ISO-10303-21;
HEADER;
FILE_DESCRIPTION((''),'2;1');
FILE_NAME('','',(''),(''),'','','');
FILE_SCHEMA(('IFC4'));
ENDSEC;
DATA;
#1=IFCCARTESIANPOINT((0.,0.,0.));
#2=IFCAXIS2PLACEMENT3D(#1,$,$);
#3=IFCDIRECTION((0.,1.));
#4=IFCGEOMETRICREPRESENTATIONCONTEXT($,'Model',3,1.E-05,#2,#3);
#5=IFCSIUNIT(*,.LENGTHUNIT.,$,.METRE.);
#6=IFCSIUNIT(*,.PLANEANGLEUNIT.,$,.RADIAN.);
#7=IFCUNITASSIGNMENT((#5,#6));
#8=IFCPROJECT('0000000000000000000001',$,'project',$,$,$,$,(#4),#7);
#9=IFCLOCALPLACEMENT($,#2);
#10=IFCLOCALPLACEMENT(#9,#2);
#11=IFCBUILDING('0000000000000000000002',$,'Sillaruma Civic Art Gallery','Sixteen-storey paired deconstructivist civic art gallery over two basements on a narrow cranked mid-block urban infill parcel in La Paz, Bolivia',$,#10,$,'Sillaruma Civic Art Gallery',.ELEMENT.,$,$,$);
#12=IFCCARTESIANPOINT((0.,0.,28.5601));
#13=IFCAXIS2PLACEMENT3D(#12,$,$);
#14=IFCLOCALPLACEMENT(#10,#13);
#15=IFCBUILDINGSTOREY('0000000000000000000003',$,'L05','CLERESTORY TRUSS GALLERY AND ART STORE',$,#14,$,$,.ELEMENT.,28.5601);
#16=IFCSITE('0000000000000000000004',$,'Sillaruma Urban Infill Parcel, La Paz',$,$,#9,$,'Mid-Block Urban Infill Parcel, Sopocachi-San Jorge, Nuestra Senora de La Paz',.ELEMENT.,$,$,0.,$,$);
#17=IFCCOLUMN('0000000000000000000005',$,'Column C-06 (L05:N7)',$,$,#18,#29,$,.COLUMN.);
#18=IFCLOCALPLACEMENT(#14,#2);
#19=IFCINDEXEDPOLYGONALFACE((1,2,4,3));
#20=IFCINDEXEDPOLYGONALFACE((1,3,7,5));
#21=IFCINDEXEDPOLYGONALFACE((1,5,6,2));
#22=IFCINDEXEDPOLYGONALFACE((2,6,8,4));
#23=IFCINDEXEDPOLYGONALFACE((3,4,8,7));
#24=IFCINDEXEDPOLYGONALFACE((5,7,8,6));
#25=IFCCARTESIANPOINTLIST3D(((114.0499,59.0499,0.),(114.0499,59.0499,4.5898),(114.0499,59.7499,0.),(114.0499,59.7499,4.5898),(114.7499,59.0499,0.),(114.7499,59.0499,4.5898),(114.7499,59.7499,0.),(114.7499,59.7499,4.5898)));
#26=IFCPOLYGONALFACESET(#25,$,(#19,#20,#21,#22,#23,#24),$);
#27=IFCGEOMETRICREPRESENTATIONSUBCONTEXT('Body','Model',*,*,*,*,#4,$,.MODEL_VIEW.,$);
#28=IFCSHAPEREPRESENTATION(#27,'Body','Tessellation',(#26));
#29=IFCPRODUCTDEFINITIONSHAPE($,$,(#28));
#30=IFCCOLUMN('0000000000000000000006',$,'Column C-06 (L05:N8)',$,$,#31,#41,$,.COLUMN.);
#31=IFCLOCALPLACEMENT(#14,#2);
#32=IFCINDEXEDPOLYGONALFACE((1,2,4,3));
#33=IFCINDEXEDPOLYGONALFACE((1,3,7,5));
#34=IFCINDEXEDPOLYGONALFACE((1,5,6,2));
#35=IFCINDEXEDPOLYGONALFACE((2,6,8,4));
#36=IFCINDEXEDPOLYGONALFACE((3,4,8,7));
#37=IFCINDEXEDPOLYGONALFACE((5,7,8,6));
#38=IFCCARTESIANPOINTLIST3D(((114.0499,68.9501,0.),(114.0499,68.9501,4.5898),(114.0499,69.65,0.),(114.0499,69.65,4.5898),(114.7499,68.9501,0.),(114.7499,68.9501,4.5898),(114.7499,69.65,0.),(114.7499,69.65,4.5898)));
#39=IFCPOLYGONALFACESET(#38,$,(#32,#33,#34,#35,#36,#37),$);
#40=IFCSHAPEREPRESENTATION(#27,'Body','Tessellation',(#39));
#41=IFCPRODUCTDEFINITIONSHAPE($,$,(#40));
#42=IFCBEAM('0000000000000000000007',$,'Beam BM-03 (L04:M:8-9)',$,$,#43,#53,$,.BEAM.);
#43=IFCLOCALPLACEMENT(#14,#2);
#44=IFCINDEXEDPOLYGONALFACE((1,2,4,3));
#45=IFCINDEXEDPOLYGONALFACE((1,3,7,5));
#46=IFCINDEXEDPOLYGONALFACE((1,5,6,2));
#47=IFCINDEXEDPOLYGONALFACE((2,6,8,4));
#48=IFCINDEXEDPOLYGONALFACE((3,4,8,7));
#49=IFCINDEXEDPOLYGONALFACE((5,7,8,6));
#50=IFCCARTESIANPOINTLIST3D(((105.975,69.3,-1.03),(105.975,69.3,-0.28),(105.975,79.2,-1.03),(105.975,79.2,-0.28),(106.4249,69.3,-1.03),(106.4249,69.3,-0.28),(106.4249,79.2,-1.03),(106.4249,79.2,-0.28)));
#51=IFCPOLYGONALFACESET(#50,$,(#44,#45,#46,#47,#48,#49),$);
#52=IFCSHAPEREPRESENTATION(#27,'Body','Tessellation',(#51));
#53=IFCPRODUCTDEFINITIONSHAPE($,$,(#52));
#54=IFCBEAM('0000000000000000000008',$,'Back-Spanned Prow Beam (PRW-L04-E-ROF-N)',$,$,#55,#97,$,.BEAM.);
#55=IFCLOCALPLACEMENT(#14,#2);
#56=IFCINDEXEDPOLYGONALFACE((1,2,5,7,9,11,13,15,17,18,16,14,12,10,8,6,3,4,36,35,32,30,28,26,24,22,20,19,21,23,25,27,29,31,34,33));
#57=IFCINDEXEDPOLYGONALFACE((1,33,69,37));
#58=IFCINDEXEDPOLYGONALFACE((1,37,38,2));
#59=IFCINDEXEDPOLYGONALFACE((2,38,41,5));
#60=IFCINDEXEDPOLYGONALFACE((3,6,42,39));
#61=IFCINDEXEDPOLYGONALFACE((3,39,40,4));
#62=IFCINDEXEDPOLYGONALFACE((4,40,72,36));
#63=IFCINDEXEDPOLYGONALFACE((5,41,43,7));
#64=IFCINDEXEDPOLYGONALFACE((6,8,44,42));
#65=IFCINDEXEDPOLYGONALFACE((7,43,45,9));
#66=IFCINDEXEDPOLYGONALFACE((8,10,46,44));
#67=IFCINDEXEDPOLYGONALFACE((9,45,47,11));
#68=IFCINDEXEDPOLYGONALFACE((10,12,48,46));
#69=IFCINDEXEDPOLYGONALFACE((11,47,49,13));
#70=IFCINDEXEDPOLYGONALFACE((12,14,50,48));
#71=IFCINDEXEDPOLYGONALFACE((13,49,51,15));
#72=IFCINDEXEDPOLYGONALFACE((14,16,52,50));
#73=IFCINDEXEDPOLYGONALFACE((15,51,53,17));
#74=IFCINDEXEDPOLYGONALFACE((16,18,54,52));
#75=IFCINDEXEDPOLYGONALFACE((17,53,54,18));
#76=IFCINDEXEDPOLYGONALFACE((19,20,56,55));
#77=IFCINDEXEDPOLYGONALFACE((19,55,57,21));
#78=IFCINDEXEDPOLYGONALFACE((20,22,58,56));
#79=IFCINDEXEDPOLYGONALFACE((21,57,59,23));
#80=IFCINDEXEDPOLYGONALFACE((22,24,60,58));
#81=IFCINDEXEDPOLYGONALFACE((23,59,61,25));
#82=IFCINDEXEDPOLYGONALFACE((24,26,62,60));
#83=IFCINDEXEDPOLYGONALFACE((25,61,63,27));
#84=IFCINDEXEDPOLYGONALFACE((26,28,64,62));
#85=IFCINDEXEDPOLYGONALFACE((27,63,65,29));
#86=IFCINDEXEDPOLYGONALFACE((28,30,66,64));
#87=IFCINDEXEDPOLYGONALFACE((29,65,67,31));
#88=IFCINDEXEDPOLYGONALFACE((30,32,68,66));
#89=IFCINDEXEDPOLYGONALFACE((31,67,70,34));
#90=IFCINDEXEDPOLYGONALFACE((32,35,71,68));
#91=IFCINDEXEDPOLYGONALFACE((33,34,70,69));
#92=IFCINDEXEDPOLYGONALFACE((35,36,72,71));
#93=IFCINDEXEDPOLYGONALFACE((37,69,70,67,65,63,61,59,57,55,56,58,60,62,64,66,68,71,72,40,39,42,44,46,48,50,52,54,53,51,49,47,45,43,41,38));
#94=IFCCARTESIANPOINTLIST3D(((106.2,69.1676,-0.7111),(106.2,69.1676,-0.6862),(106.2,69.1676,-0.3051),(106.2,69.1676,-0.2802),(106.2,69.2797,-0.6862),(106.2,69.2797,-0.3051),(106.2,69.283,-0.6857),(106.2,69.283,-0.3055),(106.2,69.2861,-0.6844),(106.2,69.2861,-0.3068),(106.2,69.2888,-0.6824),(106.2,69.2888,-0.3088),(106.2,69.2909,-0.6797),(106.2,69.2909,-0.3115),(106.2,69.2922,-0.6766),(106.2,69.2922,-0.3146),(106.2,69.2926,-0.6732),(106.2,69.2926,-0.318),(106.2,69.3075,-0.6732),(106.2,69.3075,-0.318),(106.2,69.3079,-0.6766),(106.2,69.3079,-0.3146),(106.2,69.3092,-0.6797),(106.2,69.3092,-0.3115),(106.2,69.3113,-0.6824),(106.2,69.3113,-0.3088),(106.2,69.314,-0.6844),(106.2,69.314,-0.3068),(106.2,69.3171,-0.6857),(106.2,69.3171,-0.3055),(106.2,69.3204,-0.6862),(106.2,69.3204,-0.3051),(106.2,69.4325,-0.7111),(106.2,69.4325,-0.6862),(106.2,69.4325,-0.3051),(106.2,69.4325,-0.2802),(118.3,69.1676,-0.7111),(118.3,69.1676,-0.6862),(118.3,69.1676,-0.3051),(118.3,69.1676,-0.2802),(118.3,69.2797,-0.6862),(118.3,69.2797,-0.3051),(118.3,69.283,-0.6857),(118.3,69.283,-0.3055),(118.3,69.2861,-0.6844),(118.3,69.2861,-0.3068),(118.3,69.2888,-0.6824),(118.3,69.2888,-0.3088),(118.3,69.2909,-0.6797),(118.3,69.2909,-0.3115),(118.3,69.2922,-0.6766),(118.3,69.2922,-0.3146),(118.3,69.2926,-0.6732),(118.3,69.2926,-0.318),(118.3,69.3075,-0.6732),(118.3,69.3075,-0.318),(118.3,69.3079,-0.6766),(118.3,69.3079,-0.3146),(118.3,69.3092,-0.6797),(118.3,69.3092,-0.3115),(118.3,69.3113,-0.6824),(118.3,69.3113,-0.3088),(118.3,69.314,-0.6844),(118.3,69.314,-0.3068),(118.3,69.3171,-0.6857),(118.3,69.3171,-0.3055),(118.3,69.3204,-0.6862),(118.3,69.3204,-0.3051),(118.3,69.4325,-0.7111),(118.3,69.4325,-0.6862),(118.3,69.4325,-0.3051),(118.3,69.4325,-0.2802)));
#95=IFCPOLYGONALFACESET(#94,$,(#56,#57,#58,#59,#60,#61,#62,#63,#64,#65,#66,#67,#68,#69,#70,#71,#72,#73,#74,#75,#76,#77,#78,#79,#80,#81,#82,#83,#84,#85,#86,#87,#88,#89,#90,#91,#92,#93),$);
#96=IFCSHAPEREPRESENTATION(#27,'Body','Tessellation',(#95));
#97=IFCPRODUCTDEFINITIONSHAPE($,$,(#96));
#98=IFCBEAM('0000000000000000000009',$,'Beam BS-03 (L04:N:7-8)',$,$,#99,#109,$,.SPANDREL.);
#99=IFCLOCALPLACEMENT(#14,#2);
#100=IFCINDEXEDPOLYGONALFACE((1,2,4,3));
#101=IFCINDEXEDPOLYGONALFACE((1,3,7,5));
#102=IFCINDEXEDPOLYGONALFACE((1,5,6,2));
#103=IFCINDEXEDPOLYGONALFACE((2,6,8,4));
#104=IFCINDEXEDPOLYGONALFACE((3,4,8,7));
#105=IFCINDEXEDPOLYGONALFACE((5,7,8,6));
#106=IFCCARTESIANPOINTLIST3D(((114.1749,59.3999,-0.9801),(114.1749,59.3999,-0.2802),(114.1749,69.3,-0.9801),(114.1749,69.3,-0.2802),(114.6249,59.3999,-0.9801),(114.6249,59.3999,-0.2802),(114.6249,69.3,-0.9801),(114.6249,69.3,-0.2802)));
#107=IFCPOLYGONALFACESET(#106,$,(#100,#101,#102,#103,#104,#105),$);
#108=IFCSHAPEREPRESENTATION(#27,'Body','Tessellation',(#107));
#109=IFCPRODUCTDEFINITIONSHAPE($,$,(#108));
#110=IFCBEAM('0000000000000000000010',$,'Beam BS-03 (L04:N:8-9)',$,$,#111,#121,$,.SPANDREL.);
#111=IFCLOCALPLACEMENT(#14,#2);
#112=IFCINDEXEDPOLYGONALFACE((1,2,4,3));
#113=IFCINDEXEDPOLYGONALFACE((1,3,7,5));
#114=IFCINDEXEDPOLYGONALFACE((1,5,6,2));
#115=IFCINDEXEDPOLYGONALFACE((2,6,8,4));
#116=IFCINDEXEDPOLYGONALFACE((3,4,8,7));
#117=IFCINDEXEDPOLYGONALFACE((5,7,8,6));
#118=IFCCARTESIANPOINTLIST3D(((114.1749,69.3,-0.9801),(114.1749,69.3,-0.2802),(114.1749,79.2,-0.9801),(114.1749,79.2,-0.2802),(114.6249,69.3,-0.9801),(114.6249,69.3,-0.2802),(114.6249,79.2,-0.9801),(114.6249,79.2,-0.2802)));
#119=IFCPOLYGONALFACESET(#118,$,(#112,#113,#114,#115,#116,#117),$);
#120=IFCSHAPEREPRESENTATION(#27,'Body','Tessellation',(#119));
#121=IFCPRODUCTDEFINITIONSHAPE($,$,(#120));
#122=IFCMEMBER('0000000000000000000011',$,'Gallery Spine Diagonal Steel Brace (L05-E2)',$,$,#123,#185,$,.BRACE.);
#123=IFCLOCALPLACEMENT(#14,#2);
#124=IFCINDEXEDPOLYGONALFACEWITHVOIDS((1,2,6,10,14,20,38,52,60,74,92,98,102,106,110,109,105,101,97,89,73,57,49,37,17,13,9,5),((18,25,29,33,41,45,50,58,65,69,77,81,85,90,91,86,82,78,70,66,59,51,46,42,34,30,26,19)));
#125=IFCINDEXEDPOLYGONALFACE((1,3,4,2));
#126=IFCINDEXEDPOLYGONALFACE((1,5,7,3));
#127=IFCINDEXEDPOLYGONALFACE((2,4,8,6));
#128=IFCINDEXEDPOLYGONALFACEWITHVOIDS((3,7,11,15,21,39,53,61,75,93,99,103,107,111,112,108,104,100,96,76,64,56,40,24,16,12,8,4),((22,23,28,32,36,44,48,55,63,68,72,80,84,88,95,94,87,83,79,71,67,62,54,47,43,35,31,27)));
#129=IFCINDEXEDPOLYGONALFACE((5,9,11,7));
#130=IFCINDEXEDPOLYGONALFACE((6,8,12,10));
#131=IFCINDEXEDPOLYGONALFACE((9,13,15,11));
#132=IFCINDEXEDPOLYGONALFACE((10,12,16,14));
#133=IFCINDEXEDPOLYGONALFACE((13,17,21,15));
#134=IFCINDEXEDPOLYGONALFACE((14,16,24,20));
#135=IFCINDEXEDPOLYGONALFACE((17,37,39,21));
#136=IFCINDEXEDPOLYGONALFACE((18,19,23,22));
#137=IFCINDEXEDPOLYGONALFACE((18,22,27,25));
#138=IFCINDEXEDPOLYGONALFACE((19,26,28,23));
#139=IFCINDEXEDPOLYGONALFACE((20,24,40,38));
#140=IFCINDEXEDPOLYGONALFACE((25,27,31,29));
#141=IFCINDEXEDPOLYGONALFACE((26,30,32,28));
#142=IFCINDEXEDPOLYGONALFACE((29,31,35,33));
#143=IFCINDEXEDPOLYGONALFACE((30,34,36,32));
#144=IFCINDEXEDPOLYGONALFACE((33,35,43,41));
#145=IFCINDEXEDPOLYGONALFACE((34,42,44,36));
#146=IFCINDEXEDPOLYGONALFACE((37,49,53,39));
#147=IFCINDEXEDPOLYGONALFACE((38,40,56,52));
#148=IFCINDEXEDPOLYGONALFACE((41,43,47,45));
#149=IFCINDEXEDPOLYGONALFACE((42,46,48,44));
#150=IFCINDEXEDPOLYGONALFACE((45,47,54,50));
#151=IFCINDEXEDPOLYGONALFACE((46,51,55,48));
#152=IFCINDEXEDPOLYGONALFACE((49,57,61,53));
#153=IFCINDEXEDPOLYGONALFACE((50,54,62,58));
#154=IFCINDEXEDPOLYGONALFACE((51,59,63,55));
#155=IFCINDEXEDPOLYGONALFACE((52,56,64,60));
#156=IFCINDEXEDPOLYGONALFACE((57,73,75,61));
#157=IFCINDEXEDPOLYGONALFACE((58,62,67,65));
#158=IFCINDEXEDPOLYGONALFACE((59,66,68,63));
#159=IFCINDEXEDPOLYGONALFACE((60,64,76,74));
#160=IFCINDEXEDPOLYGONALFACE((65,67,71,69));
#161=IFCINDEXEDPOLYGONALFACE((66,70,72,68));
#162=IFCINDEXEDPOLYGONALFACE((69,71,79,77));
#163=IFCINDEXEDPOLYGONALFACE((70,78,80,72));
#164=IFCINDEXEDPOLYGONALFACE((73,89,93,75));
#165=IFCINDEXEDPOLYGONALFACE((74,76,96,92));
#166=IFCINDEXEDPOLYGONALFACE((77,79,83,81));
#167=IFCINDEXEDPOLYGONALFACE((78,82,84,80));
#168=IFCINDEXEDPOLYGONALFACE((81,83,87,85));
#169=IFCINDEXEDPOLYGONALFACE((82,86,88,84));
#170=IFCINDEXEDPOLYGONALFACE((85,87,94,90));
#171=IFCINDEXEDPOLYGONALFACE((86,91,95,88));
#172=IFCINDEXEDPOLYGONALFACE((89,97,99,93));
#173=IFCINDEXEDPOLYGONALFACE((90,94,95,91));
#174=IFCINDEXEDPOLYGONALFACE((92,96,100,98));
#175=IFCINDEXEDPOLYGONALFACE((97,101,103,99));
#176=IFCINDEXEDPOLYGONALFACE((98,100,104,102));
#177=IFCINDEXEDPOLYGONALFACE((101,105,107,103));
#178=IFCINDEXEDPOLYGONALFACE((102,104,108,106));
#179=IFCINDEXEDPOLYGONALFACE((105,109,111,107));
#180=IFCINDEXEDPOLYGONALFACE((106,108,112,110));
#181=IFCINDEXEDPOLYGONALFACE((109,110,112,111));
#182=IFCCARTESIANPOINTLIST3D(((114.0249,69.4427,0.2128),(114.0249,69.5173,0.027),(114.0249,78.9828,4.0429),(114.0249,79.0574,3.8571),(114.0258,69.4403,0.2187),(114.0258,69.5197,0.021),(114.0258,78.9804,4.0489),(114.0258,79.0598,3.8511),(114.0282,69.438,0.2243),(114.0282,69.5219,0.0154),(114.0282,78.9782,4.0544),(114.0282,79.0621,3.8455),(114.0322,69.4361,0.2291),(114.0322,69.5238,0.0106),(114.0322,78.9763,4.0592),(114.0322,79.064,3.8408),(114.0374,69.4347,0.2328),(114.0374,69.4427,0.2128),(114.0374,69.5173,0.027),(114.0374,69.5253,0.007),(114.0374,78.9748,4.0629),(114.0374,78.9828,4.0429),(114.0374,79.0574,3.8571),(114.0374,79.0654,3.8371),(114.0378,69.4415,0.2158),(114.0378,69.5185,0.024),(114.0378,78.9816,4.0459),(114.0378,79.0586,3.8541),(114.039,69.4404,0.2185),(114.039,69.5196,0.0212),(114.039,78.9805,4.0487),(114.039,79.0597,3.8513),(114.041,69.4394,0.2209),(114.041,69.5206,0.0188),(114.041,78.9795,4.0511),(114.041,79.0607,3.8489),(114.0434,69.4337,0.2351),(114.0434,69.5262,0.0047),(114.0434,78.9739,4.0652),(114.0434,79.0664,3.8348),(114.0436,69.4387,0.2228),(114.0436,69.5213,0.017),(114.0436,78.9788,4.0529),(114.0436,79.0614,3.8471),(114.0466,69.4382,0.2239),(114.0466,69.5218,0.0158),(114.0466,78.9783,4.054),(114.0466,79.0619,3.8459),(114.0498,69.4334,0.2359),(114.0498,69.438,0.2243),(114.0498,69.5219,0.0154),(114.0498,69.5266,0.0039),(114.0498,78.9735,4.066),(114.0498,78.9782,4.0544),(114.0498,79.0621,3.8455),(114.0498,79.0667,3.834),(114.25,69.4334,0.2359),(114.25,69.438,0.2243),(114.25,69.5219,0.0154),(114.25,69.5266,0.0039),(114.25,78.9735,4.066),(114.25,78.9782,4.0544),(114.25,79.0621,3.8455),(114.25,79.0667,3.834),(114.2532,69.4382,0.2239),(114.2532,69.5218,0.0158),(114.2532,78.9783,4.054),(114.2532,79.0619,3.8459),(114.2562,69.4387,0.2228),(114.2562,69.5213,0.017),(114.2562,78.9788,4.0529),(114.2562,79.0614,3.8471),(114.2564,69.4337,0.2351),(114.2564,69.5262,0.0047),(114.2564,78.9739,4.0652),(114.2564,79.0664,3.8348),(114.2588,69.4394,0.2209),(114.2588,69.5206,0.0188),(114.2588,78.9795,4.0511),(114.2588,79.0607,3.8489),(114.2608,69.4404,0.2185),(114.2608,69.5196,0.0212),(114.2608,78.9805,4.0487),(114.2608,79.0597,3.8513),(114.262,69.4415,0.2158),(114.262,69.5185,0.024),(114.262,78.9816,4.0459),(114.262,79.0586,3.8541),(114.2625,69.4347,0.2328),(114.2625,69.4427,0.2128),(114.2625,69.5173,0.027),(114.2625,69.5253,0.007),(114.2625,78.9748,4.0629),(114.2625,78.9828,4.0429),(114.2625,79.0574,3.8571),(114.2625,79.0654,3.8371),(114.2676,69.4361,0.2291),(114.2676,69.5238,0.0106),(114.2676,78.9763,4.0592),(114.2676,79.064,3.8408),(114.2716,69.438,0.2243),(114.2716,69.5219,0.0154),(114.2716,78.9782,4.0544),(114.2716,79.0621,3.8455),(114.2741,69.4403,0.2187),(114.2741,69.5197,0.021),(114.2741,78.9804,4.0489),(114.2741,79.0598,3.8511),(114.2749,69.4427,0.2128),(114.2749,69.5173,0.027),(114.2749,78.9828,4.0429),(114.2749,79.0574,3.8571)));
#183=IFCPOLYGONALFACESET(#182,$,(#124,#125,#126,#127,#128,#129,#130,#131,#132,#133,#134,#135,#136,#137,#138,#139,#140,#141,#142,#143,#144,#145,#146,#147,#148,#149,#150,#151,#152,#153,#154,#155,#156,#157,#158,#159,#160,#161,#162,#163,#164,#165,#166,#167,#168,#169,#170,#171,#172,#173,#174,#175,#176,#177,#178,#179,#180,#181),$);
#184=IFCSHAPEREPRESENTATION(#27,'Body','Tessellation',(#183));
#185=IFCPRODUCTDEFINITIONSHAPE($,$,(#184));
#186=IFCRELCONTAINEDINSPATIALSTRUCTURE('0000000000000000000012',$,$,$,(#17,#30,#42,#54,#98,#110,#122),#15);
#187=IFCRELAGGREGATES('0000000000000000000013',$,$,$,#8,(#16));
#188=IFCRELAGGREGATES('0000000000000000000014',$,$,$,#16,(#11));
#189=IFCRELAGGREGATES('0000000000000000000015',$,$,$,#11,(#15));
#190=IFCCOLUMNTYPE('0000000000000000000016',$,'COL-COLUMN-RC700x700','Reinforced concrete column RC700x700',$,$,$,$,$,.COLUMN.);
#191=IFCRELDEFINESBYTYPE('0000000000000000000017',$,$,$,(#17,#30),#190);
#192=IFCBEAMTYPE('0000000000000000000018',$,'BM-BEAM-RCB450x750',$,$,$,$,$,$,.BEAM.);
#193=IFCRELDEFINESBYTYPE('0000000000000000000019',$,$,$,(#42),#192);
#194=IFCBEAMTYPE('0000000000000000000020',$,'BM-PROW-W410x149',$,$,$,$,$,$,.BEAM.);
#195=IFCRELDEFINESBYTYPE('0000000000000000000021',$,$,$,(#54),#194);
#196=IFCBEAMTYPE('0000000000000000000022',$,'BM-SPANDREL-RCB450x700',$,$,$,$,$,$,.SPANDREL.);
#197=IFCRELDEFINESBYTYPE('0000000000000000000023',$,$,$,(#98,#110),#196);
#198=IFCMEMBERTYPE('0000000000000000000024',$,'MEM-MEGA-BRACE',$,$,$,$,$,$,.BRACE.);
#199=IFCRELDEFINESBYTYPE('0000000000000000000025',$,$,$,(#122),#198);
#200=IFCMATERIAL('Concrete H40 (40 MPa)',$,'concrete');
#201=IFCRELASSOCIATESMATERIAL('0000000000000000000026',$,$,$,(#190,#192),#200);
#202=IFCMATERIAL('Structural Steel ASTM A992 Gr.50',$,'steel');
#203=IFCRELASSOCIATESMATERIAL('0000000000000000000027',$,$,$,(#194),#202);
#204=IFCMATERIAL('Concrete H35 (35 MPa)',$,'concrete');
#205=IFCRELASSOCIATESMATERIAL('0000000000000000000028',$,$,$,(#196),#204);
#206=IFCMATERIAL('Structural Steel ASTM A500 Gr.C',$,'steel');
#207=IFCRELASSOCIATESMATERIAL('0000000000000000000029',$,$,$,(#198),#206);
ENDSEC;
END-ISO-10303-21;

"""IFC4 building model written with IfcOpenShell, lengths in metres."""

from ifc_helpers import new_model, si_unit, direction, frame, origin, origin_2d, place, context, subcontext, project, spatial, rectangle, hollow_rectangle, i_section, extrude, material, material_profile, profile_set, type_object, element, save


model = new_model("IFC4")

# Units and contexts
model_context = context("Model", 3, precision=1e-05, world=origin(), true_north=direction((0.0, 1.0)))
body_context = subcontext(model_context, "Body", "Model", "MODEL_VIEW")
ifc_project = project(units=[si_unit("LENGTHUNIT", "METRE"), si_unit("PLANEANGLEUNIT", "RADIAN")], contexts=[model_context])

# Site, building, storey
site_placement = place(None, origin())
site = spatial("IfcSite", under=ifc_project, at=site_placement, Name="Sillaruma Urban Infill Parcel, La Paz", LongName="Mid-Block Urban Infill Parcel, Sopocachi-San Jorge, Nuestra Senora de La Paz", CompositionType="ELEMENT", RefElevation=0.0)
building_placement = place(site_placement, origin())
building = spatial("IfcBuilding", under=site, at=building_placement, Name="Sillaruma Civic Art Gallery", Description="Sixteen-storey paired deconstructivist civic art gallery over two basements on a narrow cranked mid-block urban infill parcel in La Paz, Bolivia", LongName="Sillaruma Civic Art Gallery", CompositionType="ELEMENT")
storey_placement = place(building_placement, frame((0.0, 0.0, 28.5601)))
storey = spatial("IfcBuildingStorey", under=building, at=storey_placement, Name="L05", Description="CLERESTORY TRUSS GALLERY AND ART STORE", CompositionType="ELEMENT", Elevation=28.5601)

# Columns
ifc_material_1 = material(Name="Concrete H40 (40 MPa)", Category="concrete")
ifc_material_profile_1 = material_profile(ifc_material_1, rectangle(XDim=0.7, YDim=0.7, at=origin_2d()), Name="RC700x700")
ifc_profile_set_1 = profile_set([ifc_material_profile_1], Name="Concrete H40 (40 MPa)")
column_type = type_object("IfcColumnType", Name="COL-COLUMN-RC700x700", Description="Reinforced concrete column RC700x700", PredefinedType="COLUMN", material=ifc_profile_set_1)
for number, where, z_axis, x_axis, name in (
    (1, (114.3999, 59.3999, 0.0), (0.0, 0.0, 1.0), (1.0, 0.0, 0.0), "Column C-06 (L05:N7)"),
    (2, (114.3999, 69.3, 0.0), (0.0, 0.0, 1.0), (1.0, 0.0, 0.0), "Column C-06 (L05:N8)"),
):
    element("IfcColumn", number, at=place(storey_placement, frame(where, z_axis=z_axis, x_axis=x_axis)), inside=storey, type_object=column_type, Name=name, PredefinedType="COLUMN", context=body_context, shape_type="SweptSolid", body=[
        extrude(rectangle(XDim=0.7, YDim=0.7, at=origin_2d()), origin(), (0.0, 0.0, 1.0), 4.5898),
    ])

# Beams
ifc_material_profile_2 = material_profile(ifc_material_1, rectangle(XDim=0.45, YDim=0.75, at=origin_2d()), Name="RCB450x750")
ifc_profile_set_2 = profile_set([ifc_material_profile_2], Name="Concrete H40 (40 MPa)")
beam_type_1 = type_object("IfcBeamType", Name="BM-BEAM-RCB450x750", PredefinedType="BEAM", material=ifc_profile_set_2)
beam_1_placement = place(storey_placement, frame((106.2, 69.3, -0.655), z_axis=(0.0, 1.0, 0.0), x_axis=(-1.0, 0.0, 0.0)))
element("IfcBeam", 3, at=beam_1_placement, inside=storey, type_object=beam_type_1, Name="Beam BM-03 (L04:M:8-9)", PredefinedType="BEAM", context=body_context, shape_type="SweptSolid", body=[
    extrude(rectangle(XDim=0.45, YDim=0.75, at=origin_2d()), origin(), (0.0, 0.0, 1.0), 9.8999),
])
ifc_material_2 = material(Name="Structural Steel ASTM A992 Gr.50", Category="steel")
ifc_material_profile_3 = material_profile(ifc_material_2, i_section(OverallWidth=0.2649, OverallDepth=0.4309, WebThickness=0.0149, FlangeThickness=0.0249, FilletRadius=0.0129, at=origin_2d()), Name="W410x149")
ifc_profile_set_3 = profile_set([ifc_material_profile_3], Name="Structural Steel ASTM A992 Gr.50")
beam_type_2 = type_object("IfcBeamType", Name="BM-PROW-W410x149", PredefinedType="BEAM", material=ifc_profile_set_3)
beam_2_placement = place(storey_placement, frame((106.2, 69.3, -0.4956), z_axis=(1.0, 0.0, 0.0), x_axis=(0.0, 1.0, 0.0)))
element("IfcBeam", 4, at=beam_2_placement, inside=storey, type_object=beam_type_2, Name="Back-Spanned Prow Beam (PRW-L04-E-ROF-N)", PredefinedType="BEAM", context=body_context, shape_type="SweptSolid", body=[
    extrude(i_section(OverallWidth=0.2649, OverallDepth=0.4309, WebThickness=0.0149, FlangeThickness=0.0249, FilletRadius=0.0129, at=origin_2d()), origin(), (0.0, 0.0, 1.0), 12.1001),
])
ifc_material_3 = material(Name="Concrete H35 (35 MPa)", Category="concrete")
ifc_material_profile_4 = material_profile(ifc_material_3, rectangle(XDim=0.45, YDim=0.7, at=origin_2d()), Name="RCB450x700")
ifc_profile_set_4 = profile_set([ifc_material_profile_4], Name="Concrete H35 (35 MPa)")
beam_type_3 = type_object("IfcBeamType", Name="BM-SPANDREL-RCB450x700", PredefinedType="SPANDREL", material=ifc_profile_set_4)
beam_3_placement = place(storey_placement, frame((114.3999, 59.3999, -0.6301), z_axis=(0.0, 1.0, 0.0), x_axis=(-1.0, 0.0, 0.0)))
element("IfcBeam", 5, at=beam_3_placement, inside=storey, type_object=beam_type_3, Name="Beam BS-03 (L04:N:7-8)", PredefinedType="SPANDREL", context=body_context, shape_type="SweptSolid", body=[
    extrude(rectangle(XDim=0.45, YDim=0.7, at=origin_2d()), origin(), (0.0, 0.0, 1.0), 9.9001),
])
beam_4_placement = place(storey_placement, frame((114.3999, 69.3, -0.6301), z_axis=(0.0, 1.0, 0.0), x_axis=(-1.0, 0.0, 0.0)))
element("IfcBeam", 6, at=beam_4_placement, inside=storey, type_object=beam_type_3, Name="Beam BS-03 (L04:N:8-9)", PredefinedType="SPANDREL", context=body_context, shape_type="SweptSolid", body=[
    extrude(rectangle(XDim=0.45, YDim=0.7, at=origin_2d()), origin(), (0.0, 0.0, 1.0), 9.8999),
])

# Member
ifc_material_4 = material(Name="Structural Steel ASTM A500 Gr.C", Category="steel")
ifc_material_profile_5 = material_profile(ifc_material_4, hollow_rectangle(XDim=0.25, YDim=0.25, WallThickness=0.0125, InnerFilletRadius=0.0125, OuterFilletRadius=0.0249, at=origin_2d()), Name="HSS250x250x12.5")
ifc_profile_set_5 = profile_set([ifc_material_profile_5], Name="Structural Steel ASTM A500 Gr.C")
member_type_1 = type_object("IfcMemberType", Name="MEM-MEGA-BRACE", PredefinedType="BRACE", material=ifc_profile_set_5)
member_1_placement = place(storey_placement, frame((114.1499, 69.48, 0.1199), z_axis=(0.0, 0.928004, 0.37257), x_axis=(-1.0, 0.0, 0.0)))
element("IfcMember", 7, at=member_1_placement, inside=storey, type_object=member_type_1, Name="Gallery Spine Diagonal Steel Brace (L05-E2)", PredefinedType="BRACE", context=body_context, shape_type="SweptSolid", body=[
    extrude(hollow_rectangle(XDim=0.25, YDim=0.25, WallThickness=0.0125, InnerFilletRadius=0.0125, OuterFilletRadius=0.0249, at=origin_2d()), origin(), (0.0, 0.0, 1.0), 10.2803),
])

save(model, "model.ifc")
